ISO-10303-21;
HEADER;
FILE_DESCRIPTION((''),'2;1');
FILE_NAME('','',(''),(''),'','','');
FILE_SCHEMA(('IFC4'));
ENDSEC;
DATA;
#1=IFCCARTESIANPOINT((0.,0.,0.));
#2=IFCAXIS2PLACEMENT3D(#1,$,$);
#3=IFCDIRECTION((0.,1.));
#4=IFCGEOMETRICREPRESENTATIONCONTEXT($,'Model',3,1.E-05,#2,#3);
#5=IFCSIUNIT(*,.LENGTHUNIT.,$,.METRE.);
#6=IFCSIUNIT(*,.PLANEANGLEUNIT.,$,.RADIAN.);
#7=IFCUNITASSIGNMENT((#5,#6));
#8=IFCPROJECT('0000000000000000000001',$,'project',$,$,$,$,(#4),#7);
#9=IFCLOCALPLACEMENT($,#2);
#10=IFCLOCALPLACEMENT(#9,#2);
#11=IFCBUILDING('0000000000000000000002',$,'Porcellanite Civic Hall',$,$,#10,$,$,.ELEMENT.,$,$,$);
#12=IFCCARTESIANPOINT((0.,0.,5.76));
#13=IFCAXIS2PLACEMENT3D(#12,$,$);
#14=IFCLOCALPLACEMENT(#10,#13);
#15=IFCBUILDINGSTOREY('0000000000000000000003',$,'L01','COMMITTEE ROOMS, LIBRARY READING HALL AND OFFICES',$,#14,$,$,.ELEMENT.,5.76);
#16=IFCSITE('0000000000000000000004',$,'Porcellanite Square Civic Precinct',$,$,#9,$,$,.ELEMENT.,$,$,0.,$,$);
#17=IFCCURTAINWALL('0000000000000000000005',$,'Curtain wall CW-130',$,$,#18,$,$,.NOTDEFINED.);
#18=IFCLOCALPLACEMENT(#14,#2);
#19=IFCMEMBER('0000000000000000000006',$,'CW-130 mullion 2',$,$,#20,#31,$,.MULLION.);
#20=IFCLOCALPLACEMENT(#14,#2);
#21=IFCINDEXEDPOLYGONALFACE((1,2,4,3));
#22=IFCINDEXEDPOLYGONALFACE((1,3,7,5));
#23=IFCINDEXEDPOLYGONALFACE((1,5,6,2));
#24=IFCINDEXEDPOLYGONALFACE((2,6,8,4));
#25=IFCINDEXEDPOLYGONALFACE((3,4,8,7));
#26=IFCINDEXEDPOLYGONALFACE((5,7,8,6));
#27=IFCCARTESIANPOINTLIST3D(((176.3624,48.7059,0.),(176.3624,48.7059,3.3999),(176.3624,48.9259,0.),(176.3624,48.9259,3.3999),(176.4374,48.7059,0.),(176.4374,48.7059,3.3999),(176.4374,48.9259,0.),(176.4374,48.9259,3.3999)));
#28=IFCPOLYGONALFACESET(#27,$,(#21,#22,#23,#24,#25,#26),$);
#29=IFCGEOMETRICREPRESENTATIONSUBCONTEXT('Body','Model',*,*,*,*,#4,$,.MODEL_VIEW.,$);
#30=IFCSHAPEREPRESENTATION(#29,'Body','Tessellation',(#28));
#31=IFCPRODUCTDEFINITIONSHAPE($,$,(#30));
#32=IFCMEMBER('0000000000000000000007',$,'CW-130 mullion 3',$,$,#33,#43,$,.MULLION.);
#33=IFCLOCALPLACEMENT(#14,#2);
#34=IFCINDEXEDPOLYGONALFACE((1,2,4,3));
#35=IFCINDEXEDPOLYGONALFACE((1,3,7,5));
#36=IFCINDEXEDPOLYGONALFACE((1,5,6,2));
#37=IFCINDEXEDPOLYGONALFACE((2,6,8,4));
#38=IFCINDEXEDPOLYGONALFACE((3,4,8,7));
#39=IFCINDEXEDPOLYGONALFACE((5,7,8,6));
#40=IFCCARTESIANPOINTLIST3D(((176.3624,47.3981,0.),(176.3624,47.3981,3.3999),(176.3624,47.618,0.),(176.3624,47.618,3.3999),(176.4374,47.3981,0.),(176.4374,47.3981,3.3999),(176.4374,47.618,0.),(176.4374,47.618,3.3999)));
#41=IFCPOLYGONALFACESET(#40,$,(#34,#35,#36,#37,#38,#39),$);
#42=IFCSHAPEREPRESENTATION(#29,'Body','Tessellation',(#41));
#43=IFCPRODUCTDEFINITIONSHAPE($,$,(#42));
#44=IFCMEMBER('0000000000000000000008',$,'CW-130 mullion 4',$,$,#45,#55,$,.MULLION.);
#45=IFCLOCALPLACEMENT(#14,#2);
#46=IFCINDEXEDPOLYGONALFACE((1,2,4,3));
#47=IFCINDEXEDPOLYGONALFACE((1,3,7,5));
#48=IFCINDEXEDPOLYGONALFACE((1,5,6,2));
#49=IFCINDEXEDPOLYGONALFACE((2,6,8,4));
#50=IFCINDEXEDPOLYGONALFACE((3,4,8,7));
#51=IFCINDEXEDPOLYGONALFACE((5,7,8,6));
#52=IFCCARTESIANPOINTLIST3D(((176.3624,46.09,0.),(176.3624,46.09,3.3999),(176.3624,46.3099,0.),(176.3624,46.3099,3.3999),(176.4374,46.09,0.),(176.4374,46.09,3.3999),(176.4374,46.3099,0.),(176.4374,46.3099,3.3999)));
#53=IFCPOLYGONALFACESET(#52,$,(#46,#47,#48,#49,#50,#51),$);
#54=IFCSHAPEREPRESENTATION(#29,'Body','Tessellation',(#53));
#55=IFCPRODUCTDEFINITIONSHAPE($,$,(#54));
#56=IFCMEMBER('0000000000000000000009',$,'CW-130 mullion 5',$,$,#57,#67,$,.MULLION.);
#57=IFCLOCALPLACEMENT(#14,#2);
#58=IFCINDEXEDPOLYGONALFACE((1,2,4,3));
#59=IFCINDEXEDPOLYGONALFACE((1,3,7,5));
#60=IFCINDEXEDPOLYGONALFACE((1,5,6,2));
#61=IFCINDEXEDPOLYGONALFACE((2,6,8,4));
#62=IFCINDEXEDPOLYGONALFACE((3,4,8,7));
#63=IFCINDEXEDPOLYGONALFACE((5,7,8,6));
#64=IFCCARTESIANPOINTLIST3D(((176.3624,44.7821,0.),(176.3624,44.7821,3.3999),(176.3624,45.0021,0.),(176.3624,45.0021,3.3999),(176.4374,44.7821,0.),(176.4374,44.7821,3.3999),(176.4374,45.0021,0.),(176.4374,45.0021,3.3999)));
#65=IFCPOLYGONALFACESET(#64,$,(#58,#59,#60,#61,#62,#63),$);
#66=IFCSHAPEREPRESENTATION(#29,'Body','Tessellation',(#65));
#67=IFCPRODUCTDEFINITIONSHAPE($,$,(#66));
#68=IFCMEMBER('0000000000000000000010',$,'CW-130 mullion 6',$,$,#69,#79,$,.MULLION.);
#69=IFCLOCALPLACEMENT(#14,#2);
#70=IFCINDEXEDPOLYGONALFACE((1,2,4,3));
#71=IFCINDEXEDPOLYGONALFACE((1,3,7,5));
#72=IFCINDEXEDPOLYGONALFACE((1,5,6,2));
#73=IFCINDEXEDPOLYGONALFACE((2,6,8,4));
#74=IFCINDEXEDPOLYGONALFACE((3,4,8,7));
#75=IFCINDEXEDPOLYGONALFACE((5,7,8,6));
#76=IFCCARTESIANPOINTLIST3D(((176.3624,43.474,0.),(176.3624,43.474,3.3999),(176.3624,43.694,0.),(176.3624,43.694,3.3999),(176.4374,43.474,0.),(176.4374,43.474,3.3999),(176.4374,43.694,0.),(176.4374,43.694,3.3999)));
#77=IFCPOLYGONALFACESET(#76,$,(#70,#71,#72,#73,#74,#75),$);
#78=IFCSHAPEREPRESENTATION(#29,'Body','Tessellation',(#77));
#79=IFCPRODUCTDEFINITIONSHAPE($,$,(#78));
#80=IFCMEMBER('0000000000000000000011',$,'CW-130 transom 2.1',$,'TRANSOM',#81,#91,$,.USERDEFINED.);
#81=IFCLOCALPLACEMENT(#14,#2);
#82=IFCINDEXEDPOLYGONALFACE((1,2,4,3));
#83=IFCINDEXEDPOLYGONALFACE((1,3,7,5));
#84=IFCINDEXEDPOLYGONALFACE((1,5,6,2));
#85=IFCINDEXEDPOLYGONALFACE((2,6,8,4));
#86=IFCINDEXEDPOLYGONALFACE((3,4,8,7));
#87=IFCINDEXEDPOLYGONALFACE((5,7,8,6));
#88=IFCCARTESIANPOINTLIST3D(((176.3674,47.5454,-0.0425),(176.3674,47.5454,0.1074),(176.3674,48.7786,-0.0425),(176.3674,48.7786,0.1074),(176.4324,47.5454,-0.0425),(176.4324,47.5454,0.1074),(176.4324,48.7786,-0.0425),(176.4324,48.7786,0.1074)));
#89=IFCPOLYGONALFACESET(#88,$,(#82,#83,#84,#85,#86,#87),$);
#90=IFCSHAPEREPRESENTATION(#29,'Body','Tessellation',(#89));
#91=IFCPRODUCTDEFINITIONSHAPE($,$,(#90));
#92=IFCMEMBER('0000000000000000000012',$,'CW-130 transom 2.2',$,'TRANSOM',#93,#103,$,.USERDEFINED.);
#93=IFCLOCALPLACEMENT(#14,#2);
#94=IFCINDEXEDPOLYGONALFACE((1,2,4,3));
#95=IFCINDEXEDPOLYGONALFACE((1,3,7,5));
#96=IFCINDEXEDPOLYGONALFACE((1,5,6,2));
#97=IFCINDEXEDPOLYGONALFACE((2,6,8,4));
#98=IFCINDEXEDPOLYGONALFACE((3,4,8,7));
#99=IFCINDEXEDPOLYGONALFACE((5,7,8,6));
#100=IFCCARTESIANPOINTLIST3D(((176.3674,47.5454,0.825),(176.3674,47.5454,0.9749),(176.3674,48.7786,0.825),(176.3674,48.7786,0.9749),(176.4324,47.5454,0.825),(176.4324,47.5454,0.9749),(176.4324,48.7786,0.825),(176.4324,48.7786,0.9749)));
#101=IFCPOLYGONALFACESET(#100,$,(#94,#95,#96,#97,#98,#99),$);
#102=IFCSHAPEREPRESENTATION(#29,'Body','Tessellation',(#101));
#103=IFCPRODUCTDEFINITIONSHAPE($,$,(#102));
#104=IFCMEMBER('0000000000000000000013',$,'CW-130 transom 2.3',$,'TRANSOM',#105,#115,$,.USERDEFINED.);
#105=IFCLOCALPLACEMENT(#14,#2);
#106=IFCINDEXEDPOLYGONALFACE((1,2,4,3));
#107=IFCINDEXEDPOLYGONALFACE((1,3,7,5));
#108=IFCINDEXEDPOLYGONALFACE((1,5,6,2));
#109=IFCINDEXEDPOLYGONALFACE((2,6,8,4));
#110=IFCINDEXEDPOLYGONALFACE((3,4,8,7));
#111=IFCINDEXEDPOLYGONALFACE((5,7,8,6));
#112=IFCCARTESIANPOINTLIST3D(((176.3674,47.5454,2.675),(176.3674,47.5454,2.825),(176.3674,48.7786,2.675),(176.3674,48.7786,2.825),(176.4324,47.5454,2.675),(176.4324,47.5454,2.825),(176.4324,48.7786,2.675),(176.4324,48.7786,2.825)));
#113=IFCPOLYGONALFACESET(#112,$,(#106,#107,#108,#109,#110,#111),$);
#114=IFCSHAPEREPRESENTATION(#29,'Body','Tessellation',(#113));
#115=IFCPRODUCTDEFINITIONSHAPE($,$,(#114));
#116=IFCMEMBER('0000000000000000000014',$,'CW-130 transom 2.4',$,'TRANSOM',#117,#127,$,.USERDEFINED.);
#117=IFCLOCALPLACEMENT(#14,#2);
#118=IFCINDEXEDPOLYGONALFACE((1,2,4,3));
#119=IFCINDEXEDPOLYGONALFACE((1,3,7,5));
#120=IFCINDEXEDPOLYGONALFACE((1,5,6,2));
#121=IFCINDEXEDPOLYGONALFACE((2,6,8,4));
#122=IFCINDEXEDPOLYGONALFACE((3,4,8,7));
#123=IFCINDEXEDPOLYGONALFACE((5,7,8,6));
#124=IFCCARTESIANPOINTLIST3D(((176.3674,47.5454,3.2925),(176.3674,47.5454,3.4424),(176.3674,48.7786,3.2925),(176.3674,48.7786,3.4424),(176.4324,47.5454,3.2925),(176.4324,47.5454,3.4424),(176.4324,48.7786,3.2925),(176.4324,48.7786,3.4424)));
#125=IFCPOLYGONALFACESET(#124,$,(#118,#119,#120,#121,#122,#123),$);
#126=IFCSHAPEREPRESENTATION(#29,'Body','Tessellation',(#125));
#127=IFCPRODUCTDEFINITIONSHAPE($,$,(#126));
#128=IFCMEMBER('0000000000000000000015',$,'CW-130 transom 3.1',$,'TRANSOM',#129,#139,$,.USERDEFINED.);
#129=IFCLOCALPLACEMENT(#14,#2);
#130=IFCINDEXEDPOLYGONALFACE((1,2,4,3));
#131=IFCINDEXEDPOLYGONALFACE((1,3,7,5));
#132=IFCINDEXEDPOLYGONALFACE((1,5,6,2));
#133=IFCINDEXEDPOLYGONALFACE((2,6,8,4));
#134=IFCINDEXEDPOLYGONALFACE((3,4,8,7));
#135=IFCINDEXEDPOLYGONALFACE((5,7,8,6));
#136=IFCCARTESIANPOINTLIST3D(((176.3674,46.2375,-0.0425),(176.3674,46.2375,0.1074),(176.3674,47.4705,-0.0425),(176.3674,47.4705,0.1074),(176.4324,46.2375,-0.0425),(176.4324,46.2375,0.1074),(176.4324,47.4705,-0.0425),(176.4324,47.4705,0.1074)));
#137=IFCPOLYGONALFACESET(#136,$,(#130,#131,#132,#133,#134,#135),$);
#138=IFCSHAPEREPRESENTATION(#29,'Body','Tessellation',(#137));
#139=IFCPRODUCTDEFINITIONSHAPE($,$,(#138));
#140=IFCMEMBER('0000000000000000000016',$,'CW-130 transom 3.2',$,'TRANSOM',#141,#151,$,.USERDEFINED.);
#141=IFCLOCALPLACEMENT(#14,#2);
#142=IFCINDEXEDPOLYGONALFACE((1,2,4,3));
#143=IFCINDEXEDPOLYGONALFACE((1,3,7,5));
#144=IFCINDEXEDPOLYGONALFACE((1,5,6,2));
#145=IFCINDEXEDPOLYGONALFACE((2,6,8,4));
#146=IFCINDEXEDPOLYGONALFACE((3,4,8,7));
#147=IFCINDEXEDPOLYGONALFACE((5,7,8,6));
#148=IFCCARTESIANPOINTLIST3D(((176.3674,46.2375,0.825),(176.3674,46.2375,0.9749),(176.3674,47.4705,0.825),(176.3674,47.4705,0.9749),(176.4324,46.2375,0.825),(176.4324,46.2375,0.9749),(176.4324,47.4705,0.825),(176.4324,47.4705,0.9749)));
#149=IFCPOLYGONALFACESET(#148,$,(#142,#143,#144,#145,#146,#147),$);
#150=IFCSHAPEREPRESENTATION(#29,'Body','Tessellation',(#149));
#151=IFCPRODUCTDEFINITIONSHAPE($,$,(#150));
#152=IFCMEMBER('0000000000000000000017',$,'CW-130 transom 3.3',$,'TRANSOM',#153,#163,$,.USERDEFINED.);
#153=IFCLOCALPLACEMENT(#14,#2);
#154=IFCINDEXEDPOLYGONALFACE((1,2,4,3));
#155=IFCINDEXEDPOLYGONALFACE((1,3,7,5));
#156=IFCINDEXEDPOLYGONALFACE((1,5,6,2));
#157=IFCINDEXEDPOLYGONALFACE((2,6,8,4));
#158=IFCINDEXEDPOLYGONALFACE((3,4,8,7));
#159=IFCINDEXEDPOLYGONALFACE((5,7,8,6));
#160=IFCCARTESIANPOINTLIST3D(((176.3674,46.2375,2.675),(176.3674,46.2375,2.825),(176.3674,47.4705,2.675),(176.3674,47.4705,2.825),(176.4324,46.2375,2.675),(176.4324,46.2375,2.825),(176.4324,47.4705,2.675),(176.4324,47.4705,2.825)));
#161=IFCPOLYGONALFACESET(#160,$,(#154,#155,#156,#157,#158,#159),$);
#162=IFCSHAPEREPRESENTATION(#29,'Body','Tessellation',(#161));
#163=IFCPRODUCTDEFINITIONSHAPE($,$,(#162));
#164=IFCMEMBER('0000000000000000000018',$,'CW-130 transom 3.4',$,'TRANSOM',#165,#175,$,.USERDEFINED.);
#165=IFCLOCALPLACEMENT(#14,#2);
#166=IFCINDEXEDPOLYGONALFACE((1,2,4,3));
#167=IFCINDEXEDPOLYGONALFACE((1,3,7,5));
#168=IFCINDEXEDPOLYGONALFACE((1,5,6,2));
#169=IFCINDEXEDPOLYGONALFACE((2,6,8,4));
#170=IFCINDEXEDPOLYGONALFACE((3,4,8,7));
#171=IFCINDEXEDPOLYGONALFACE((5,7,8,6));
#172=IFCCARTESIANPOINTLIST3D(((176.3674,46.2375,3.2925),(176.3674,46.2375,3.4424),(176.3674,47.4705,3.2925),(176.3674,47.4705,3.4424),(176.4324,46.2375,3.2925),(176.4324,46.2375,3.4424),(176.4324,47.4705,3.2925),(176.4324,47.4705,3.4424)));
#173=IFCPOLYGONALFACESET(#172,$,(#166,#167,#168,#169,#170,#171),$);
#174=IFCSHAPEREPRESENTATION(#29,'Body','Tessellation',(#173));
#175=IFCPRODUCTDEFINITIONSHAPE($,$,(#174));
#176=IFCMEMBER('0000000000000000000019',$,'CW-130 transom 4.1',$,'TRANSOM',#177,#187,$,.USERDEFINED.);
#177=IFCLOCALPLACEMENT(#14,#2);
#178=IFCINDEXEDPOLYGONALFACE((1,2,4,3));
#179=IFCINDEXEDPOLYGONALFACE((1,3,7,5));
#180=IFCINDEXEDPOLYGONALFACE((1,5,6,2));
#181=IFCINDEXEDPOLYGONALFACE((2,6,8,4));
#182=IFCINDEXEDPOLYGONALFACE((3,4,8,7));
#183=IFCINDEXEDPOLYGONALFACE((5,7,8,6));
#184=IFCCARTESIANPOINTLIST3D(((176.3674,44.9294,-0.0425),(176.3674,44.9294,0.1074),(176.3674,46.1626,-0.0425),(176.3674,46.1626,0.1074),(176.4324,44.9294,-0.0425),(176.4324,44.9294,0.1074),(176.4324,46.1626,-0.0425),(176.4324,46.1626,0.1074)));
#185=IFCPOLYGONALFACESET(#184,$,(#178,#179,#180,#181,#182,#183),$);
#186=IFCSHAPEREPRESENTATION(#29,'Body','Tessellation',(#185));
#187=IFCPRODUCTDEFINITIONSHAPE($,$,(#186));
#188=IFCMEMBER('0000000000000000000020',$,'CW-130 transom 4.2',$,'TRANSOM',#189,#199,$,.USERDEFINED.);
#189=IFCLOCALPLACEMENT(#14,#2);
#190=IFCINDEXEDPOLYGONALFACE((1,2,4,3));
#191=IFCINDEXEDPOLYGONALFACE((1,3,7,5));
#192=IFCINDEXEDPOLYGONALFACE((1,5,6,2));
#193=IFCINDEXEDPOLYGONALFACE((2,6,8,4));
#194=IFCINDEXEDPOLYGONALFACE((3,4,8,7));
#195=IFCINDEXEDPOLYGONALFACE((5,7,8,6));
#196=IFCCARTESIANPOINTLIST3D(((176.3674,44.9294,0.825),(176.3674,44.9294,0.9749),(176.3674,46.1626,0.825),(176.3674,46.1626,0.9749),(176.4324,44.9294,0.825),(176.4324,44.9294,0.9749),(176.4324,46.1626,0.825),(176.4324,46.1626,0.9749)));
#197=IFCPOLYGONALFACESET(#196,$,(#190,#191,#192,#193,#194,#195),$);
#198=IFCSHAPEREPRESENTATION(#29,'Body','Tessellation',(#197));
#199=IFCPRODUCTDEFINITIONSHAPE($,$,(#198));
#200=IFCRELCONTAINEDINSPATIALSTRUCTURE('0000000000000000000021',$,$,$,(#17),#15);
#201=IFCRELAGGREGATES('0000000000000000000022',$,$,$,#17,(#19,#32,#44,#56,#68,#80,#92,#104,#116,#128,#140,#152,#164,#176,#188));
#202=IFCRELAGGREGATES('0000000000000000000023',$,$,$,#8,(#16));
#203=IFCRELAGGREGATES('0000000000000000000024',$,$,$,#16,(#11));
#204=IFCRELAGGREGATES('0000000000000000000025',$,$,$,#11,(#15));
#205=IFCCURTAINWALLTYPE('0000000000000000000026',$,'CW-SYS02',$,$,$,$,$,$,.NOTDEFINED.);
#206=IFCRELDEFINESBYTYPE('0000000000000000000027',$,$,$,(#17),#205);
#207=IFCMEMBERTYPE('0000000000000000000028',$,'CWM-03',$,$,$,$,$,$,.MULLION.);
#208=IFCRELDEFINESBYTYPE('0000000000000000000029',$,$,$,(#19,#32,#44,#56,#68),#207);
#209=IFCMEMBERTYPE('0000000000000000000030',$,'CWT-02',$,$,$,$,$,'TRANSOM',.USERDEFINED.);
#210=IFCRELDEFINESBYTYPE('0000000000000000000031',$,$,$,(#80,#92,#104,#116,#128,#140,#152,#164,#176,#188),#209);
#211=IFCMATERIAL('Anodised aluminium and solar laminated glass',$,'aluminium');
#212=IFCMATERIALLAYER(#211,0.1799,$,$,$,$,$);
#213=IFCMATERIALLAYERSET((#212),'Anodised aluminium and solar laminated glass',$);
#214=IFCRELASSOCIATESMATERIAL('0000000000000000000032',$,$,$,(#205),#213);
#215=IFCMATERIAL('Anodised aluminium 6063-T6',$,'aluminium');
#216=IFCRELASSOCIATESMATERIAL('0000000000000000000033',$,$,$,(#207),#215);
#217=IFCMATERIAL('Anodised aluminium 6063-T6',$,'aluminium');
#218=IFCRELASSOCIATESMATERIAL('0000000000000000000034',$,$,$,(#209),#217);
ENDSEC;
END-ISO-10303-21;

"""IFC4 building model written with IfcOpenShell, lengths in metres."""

from ifc_helpers import new_model, si_unit, direction, frame, origin, origin_2d, place, context, subcontext, project, spatial, rectangle, extrude, material, layer, layer_set, material_profile, profile_set, type_object, element, aggregate, save


model = new_model("IFC4")

# Units and contexts
model_context = context("Model", 3, precision=1e-05, world=origin(), true_north=direction((0.0, 1.0)))
body_context = subcontext(model_context, "Body", "Model", "MODEL_VIEW")
ifc_project = project(units=[si_unit("LENGTHUNIT", "METRE"), si_unit("PLANEANGLEUNIT", "RADIAN")], contexts=[model_context])

# Site, building, storey
site_placement = place(None, origin())
site = spatial("IfcSite", under=ifc_project, at=site_placement, Name="Porcellanite Square Civic Precinct", CompositionType="ELEMENT", RefElevation=0.0)
building_placement = place(site_placement, origin())
building = spatial("IfcBuilding", under=site, at=building_placement, Name="Porcellanite Civic Hall", CompositionType="ELEMENT")
storey_placement = place(building_placement, frame((0.0, 0.0, 5.76)))
storey = spatial("IfcBuildingStorey", under=building, at=storey_placement, Name="L01", Description="COMMITTEE ROOMS, LIBRARY READING HALL AND OFFICES", CompositionType="ELEMENT", Elevation=5.76)

# Curtain wall, members
ifc_material_1 = material(Name="Anodised aluminium and solar laminated glass", Category="aluminium")
ifc_layer_1 = layer(ifc_material_1, 0.1799)
ifc_layer_set_1 = layer_set([ifc_layer_1], Name="Anodised aluminium and solar laminated glass")
curtain_wall_type = type_object("IfcCurtainWallType", Name="CW-SYS02", PredefinedType="NOTDEFINED", material=ifc_layer_set_1)
curtain_wall_placement = place(storey_placement, origin())
curtain_wall = element("IfcCurtainWall", 1, at=curtain_wall_placement, inside=storey, type_object=curtain_wall_type, Name="Curtain wall CW-130", PredefinedType="NOTDEFINED")
ifc_material_2 = material(Name="Anodised aluminium 6063-T6", Category="aluminium")
ifc_material_profile_1 = material_profile(ifc_material_2, rectangle(XDim=0.075, YDim=0.22, at=origin_2d()), Name="AL-75x220")
ifc_profile_set_1 = profile_set([ifc_material_profile_1], Name="Anodised aluminium 6063-T6")
member_type_1 = type_object("IfcMemberType", Name="CWM-03", PredefinedType="MULLION", material=ifc_profile_set_1)
member_1_placement = place(storey_placement, frame((176.3999, 48.8159, 0.0), z_axis=(0.0, 0.0, 1.0), x_axis=(1.0, 0.0, 0.0)))
member_1 = element("IfcMember", 2, at=member_1_placement, type_object=member_type_1, Name="CW-130 mullion 2", PredefinedType="MULLION", context=body_context, shape_type="SweptSolid", body=[
    extrude(rectangle(XDim=0.075, YDim=0.22, at=origin_2d()), origin(), (0.0, 0.0, 1.0), 3.3999),
])
member_2_placement = place(storey_placement, frame((176.3999, 47.5081, 0.0), z_axis=(0.0, 0.0, 1.0), x_axis=(1.0, 0.0, 0.0)))
member_2 = element("IfcMember", 3, at=member_2_placement, type_object=member_type_1, Name="CW-130 mullion 3", PredefinedType="MULLION", context=body_context, shape_type="SweptSolid", body=[
    extrude(rectangle(XDim=0.075, YDim=0.22, at=origin_2d()), origin(), (0.0, 0.0, 1.0), 3.3999),
])
member_3_placement = place(storey_placement, frame((176.3999, 46.2, 0.0), z_axis=(0.0, 0.0, 1.0), x_axis=(1.0, 0.0, 0.0)))
member_3 = element("IfcMember", 4, at=member_3_placement, type_object=member_type_1, Name="CW-130 mullion 4", PredefinedType="MULLION", context=body_context, shape_type="SweptSolid", body=[
    extrude(rectangle(XDim=0.075, YDim=0.22, at=origin_2d()), origin(), (0.0, 0.0, 1.0), 3.3999),
])
member_4_placement = place(storey_placement, frame((176.3999, 44.8921, 0.0), z_axis=(0.0, 0.0, 1.0), x_axis=(1.0, 0.0, 0.0)))
member_4 = element("IfcMember", 5, at=member_4_placement, type_object=member_type_1, Name="CW-130 mullion 5", PredefinedType="MULLION", context=body_context, shape_type="SweptSolid", body=[
    extrude(rectangle(XDim=0.075, YDim=0.22, at=origin_2d()), origin(), (0.0, 0.0, 1.0), 3.3999),
])
member_5_placement = place(storey_placement, frame((176.3999, 43.584, 0.0), z_axis=(0.0, 0.0, 1.0), x_axis=(1.0, 0.0, 0.0)))
member_5 = element("IfcMember", 6, at=member_5_placement, type_object=member_type_1, Name="CW-130 mullion 6", PredefinedType="MULLION", context=body_context, shape_type="SweptSolid", body=[
    extrude(rectangle(XDim=0.075, YDim=0.22, at=origin_2d()), origin(), (0.0, 0.0, 1.0), 3.3999),
])
ifc_material_3 = material(Name="Anodised aluminium 6063-T6", Category="aluminium")
ifc_material_profile_2 = material_profile(ifc_material_3, rectangle(XDim=0.0649, YDim=0.1499, at=origin_2d()), Name="AL-65x150")
ifc_profile_set_2 = profile_set([ifc_material_profile_2], Name="Anodised aluminium 6063-T6")
member_type_2 = type_object("IfcMemberType", Name="CWT-02", ElementType="TRANSOM", PredefinedType="USERDEFINED", material=ifc_profile_set_2)
member_6_placement = place(storey_placement, frame((176.3999, 48.7786, 0.0325), z_axis=(0.0, -1.0, 0.0), x_axis=(1.0, 0.0, 0.0)))
member_6 = element("IfcMember", 7, at=member_6_placement, type_object=member_type_2, Name="CW-130 transom 2.1", ObjectType="TRANSOM", PredefinedType="USERDEFINED", context=body_context, shape_type="SweptSolid", body=[
    extrude(rectangle(XDim=0.0649, YDim=0.1499, at=origin_2d()), origin(), (0.0, 0.0, 1.0), 1.2332),
])
member_7_placement = place(storey_placement, frame((176.3999, 48.7786, 0.8999), z_axis=(0.0, -1.0, 0.0), x_axis=(1.0, 0.0, 0.0)))
member_7 = element("IfcMember", 8, at=member_7_placement, type_object=member_type_2, Name="CW-130 transom 2.2", ObjectType="TRANSOM", PredefinedType="USERDEFINED", context=body_context, shape_type="SweptSolid", body=[
    extrude(rectangle(XDim=0.0649, YDim=0.1499, at=origin_2d()), origin(), (0.0, 0.0, 1.0), 1.2332),
])
member_8_placement = place(storey_placement, frame((176.3999, 48.7786, 2.75), z_axis=(0.0, -1.0, 0.0), x_axis=(1.0, 0.0, 0.0)))
member_8 = element("IfcMember", 9, at=member_8_placement, type_object=member_type_2, Name="CW-130 transom 2.3", ObjectType="TRANSOM", PredefinedType="USERDEFINED", context=body_context, shape_type="SweptSolid", body=[
    extrude(rectangle(XDim=0.0649, YDim=0.1499, at=origin_2d()), origin(), (0.0, 0.0, 1.0), 1.2332),
])
member_9_placement = place(storey_placement, frame((176.3999, 48.7786, 3.3674), z_axis=(0.0, -1.0, 0.0), x_axis=(1.0, 0.0, 0.0)))
member_9 = element("IfcMember", 10, at=member_9_placement, type_object=member_type_2, Name="CW-130 transom 2.4", ObjectType="TRANSOM", PredefinedType="USERDEFINED", context=body_context, shape_type="SweptSolid", body=[
    extrude(rectangle(XDim=0.0649, YDim=0.1499, at=origin_2d()), origin(), (0.0, 0.0, 1.0), 1.2332),
])
member_10_placement = place(storey_placement, frame((176.3999, 47.4705, 0.0325), z_axis=(0.0, -1.0, 0.0), x_axis=(1.0, 0.0, 0.0)))
member_10 = element("IfcMember", 11, at=member_10_placement, type_object=member_type_2, Name="CW-130 transom 3.1", ObjectType="TRANSOM", PredefinedType="USERDEFINED", context=body_context, shape_type="SweptSolid", body=[
    extrude(rectangle(XDim=0.0649, YDim=0.1499, at=origin_2d()), origin(), (0.0, 0.0, 1.0), 1.2329),
])
member_11_placement = place(storey_placement, frame((176.3999, 47.4705, 0.8999), z_axis=(0.0, -1.0, 0.0), x_axis=(1.0, 0.0, 0.0)))
member_11 = element("IfcMember", 12, at=member_11_placement, type_object=member_type_2, Name="CW-130 transom 3.2", ObjectType="TRANSOM", PredefinedType="USERDEFINED", context=body_context, shape_type="SweptSolid", body=[
    extrude(rectangle(XDim=0.0649, YDim=0.1499, at=origin_2d()), origin(), (0.0, 0.0, 1.0), 1.2329),
])
member_12_placement = place(storey_placement, frame((176.3999, 47.4705, 2.75), z_axis=(0.0, -1.0, 0.0), x_axis=(1.0, 0.0, 0.0)))
member_12 = element("IfcMember", 13, at=member_12_placement, type_object=member_type_2, Name="CW-130 transom 3.3", ObjectType="TRANSOM", PredefinedType="USERDEFINED", context=body_context, shape_type="SweptSolid", body=[
    extrude(rectangle(XDim=0.0649, YDim=0.1499, at=origin_2d()), origin(), (0.0, 0.0, 1.0), 1.2329),
])
member_13_placement = place(storey_placement, frame((176.3999, 47.4705, 3.3674), z_axis=(0.0, -1.0, 0.0), x_axis=(1.0, 0.0, 0.0)))
member_13 = element("IfcMember", 14, at=member_13_placement, type_object=member_type_2, Name="CW-130 transom 3.4", ObjectType="TRANSOM", PredefinedType="USERDEFINED", context=body_context, shape_type="SweptSolid", body=[
    extrude(rectangle(XDim=0.0649, YDim=0.1499, at=origin_2d()), origin(), (0.0, 0.0, 1.0), 1.2329),
])
member_14_placement = place(storey_placement, frame((176.3999, 46.1626, 0.0325), z_axis=(0.0, -1.0, 0.0), x_axis=(1.0, 0.0, 0.0)))
member_14 = element("IfcMember", 15, at=member_14_placement, type_object=member_type_2, Name="CW-130 transom 4.1", ObjectType="TRANSOM", PredefinedType="USERDEFINED", context=body_context, shape_type="SweptSolid", body=[
    extrude(rectangle(XDim=0.0649, YDim=0.1499, at=origin_2d()), origin(), (0.0, 0.0, 1.0), 1.2332),
])
member_15_placement = place(storey_placement, frame((176.3999, 46.1626, 0.8999), z_axis=(0.0, -1.0, 0.0), x_axis=(1.0, 0.0, 0.0)))
member_15 = element("IfcMember", 16, at=member_15_placement, type_object=member_type_2, Name="CW-130 transom 4.2", ObjectType="TRANSOM", PredefinedType="USERDEFINED", context=body_context, shape_type="SweptSolid", body=[
    extrude(rectangle(XDim=0.0649, YDim=0.1499, at=origin_2d()), origin(), (0.0, 0.0, 1.0), 1.2332),
])
aggregate(curtain_wall, [member_1, member_2, member_3, member_4, member_5, member_6, member_7, member_8, member_9, member_10, member_11, member_12, member_13, member_14, member_15])

save(model, "model.ifc")
